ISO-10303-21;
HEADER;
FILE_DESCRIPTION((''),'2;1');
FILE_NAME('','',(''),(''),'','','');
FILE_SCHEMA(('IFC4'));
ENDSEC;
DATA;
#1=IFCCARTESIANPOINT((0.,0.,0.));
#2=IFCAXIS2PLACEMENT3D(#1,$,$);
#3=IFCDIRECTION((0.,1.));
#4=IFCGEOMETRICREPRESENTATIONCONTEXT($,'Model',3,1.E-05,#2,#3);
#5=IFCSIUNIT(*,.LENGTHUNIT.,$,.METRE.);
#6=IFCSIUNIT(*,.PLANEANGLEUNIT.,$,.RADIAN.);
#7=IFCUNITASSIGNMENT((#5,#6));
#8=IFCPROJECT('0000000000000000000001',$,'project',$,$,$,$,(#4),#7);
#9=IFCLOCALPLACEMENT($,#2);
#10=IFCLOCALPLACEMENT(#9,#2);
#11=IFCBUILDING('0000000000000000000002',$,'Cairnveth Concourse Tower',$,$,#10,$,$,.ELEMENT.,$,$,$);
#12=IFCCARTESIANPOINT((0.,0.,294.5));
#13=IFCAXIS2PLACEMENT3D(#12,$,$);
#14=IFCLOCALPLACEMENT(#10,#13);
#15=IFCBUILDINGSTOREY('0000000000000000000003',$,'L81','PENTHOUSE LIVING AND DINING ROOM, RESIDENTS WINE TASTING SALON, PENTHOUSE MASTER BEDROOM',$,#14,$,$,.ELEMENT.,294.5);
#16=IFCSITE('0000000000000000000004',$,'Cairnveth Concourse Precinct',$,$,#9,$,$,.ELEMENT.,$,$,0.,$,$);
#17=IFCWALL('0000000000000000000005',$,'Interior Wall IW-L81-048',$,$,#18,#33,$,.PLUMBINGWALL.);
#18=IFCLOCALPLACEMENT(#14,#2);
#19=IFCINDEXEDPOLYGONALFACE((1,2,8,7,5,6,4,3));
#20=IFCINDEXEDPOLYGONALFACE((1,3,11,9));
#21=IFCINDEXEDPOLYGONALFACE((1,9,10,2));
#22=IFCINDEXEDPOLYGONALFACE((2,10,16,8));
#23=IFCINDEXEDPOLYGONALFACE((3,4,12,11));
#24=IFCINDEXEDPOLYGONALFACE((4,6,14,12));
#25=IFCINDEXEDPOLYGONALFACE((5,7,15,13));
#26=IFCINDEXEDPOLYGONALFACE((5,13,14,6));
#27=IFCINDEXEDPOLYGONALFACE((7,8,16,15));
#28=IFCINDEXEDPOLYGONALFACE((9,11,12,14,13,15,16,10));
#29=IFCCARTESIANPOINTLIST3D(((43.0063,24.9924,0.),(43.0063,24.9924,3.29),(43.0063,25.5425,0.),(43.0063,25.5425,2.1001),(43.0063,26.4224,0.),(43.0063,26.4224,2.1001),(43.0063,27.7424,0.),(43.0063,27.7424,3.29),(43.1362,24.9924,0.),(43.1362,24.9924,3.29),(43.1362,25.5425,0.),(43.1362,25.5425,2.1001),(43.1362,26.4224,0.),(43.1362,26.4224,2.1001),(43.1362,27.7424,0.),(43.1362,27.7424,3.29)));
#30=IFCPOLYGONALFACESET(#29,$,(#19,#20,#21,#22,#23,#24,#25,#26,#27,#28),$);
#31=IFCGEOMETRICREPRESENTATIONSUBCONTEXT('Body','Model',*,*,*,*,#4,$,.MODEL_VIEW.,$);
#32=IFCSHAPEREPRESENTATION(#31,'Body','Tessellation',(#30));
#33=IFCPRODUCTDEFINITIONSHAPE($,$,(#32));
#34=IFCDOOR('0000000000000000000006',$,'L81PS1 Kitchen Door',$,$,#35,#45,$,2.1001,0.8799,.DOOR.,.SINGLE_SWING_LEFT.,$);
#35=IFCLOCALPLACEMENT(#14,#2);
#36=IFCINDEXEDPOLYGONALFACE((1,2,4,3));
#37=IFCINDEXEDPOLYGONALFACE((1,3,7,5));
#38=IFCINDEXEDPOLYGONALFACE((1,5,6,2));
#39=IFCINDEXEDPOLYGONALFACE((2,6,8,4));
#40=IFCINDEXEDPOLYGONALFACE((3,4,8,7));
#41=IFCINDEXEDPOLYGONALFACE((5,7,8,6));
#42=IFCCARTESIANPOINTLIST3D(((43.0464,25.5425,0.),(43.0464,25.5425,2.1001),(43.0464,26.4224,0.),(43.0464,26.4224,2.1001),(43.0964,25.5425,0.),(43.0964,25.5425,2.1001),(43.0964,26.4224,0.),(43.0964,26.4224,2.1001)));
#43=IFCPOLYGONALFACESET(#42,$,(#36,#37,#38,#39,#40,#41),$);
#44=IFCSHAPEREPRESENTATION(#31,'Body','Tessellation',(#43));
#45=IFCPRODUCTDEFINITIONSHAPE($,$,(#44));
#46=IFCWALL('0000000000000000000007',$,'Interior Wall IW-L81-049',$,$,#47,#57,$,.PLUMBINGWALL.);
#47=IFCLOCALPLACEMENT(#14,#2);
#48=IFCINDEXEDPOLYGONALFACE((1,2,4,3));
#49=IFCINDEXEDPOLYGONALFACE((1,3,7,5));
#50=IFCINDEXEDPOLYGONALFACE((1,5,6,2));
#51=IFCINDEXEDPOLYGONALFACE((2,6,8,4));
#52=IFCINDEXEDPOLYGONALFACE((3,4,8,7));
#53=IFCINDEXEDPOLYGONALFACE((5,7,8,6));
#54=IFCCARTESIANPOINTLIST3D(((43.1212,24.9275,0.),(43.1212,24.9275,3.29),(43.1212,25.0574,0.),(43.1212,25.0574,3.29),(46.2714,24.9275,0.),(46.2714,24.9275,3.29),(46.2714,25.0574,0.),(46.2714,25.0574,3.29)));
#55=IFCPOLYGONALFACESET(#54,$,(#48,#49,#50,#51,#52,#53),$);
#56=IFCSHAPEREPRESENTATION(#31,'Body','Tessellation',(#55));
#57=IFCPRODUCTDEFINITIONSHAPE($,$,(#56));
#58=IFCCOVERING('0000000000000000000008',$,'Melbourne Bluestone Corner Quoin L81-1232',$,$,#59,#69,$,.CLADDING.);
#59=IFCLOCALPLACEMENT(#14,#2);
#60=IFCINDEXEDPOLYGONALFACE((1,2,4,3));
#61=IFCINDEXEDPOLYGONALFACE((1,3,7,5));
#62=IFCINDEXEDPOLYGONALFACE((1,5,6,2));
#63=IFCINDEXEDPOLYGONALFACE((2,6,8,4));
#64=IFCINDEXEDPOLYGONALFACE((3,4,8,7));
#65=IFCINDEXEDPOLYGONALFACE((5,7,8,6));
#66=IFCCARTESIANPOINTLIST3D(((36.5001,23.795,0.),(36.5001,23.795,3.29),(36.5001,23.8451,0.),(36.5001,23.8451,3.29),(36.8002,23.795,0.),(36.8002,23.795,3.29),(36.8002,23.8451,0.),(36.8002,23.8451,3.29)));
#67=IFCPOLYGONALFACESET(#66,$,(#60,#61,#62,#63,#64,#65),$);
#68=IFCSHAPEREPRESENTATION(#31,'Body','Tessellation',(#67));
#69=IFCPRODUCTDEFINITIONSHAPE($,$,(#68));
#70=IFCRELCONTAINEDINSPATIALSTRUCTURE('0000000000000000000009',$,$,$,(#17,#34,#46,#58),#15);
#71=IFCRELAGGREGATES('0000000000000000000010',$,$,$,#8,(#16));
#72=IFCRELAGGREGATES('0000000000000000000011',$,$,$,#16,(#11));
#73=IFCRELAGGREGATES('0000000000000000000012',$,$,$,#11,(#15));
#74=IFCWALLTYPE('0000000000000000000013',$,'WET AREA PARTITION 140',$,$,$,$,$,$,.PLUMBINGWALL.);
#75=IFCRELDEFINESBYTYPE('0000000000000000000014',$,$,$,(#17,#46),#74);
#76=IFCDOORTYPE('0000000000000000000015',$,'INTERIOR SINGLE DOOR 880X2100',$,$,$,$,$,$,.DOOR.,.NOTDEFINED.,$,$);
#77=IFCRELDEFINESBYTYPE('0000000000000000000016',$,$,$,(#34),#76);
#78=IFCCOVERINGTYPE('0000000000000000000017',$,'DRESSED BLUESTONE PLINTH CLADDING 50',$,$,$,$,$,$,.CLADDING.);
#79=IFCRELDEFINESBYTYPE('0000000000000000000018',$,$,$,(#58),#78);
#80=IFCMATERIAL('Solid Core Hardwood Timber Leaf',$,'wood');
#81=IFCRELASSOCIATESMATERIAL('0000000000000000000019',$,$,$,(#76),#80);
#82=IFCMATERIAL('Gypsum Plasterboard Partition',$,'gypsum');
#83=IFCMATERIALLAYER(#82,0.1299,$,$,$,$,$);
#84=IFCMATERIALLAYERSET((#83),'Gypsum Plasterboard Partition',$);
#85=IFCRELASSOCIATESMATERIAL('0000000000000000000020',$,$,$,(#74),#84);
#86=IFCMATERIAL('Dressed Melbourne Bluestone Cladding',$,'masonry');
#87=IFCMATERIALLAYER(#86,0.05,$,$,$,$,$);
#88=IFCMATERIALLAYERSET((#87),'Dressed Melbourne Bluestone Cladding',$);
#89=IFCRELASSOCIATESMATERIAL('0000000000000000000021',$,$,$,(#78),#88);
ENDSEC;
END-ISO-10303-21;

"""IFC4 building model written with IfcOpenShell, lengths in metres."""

from ifc_helpers import new_model, si_unit, direction, frame, frame_2d, origin, place, context, subcontext, project, spatial, rectangle, extrude, material, layer, layer_set, type_object, element, fill, save


model = new_model("IFC4")

# Units and contexts
model_context = context("Model", 3, precision=1e-05, world=origin(), true_north=direction((0.0, 1.0)))
body_context = subcontext(model_context, "Body", "Model", "MODEL_VIEW")
ifc_project = project(units=[si_unit("LENGTHUNIT", "METRE"), si_unit("PLANEANGLEUNIT", "RADIAN")], contexts=[model_context])

# Site, building, storey
site_placement = place(None, origin())
site = spatial("IfcSite", under=ifc_project, at=site_placement, Name="Cairnveth Concourse Precinct", CompositionType="ELEMENT", RefElevation=0.0)
building_placement = place(site_placement, origin())
building = spatial("IfcBuilding", under=site, at=building_placement, Name="Cairnveth Concourse Tower", CompositionType="ELEMENT")
storey_placement = place(building_placement, frame((0.0, 0.0, 294.5)))
storey = spatial("IfcBuildingStorey", under=building, at=storey_placement, Name="L81", Description="PENTHOUSE LIVING AND DINING ROOM, RESIDENTS WINE TASTING SALON, PENTHOUSE MASTER BEDROOM", CompositionType="ELEMENT", Elevation=294.5)

# Shared definitions
ifc_material_1 = material(Name="Gypsum Plasterboard Partition", Category="gypsum")
ifc_material_2 = material(Name="Solid Core Hardwood Timber Leaf", Category="wood")
door_type_1 = type_object("IfcDoorType", Name="INTERIOR SINGLE DOOR 880X2100", OperationType="NOTDEFINED", PredefinedType="DOOR", material=ifc_material_2)

# Shared definitions
ifc_layer_1 = layer(ifc_material_1, 0.1299)
ifc_layer_set_1 = layer_set([ifc_layer_1], Name="Gypsum Plasterboard Partition")
wall_type_1 = type_object("IfcWallType", Name="WET AREA PARTITION 140", PredefinedType="PLUMBINGWALL", material=ifc_layer_set_1)

# Wall, opening, door
wall_1_placement = place(storey_placement, frame((43.0713, 24.9924, 0.0), z_axis=(0.0, 0.0, 1.0), x_axis=(0.0, 1.0, 0.0)))
wall_1 = element("IfcWall", 1, at=wall_1_placement, inside=storey, type_object=wall_type_1, Name="Interior Wall IW-L81-048", PredefinedType="PLUMBINGWALL", context=body_context, shape_type="SweptSolid", body=[
    extrude(rectangle(XDim=2.75, YDim=0.1299, at=frame_2d((1.375, 0.0))), origin(), (0.0, 0.0, 1.0), 3.29),
])
opening_1_placement = place(wall_1_placement, frame((0.55, 0.0, 0.0)))
opening_1 = element("IfcOpeningElement", 2, at=opening_1_placement, cuts=wall_1, PredefinedType="OPENING", context=body_context, shape_type="SweptSolid", body=[
    extrude(rectangle(XDim=0.8799, YDim=2.1001, at=frame_2d((0.4399, 1.05))), frame((0.0, 0.075, 0.0), z_axis=(0.0, -1.0, 0.0), x_axis=(1.0, 0.0, 0.0)), (0.0, 0.0, 1.0), 0.1499),
])
door_1_placement = place(opening_1_placement, origin())
door_1 = element("IfcDoor", 3, at=door_1_placement, inside=storey, type_object=door_type_1, Name="L81PS1 Kitchen Door", OperationType="SINGLE_SWING_LEFT", OverallHeight=2.1001, OverallWidth=0.8799, PredefinedType="DOOR", context=body_context, shape_type="SweptSolid", body=[
    extrude(rectangle(XDim=0.8799, YDim=2.1001, at=frame_2d((0.4399, 1.05))), frame((0.0, 0.0249, 0.0), z_axis=(0.0, -1.0, 0.0), x_axis=(1.0, 0.0, 0.0)), (0.0, 0.0, 1.0), 0.05),
])
fill(opening_1, door_1)

# Wall
wall_2_placement = place(storey_placement, frame((43.1211, 24.9924, 0.0), z_axis=(0.0, 0.0, 1.0), x_axis=(1.0, 0.0, 0.0)))
element("IfcWall", 4, at=wall_2_placement, inside=storey, type_object=wall_type_1, Name="Interior Wall IW-L81-049", PredefinedType="PLUMBINGWALL", context=body_context, shape_type="SweptSolid", body=[
    extrude(rectangle(XDim=3.1501, YDim=0.1299, at=frame_2d((1.5752, 0.0))), origin(), (0.0, 0.0, 1.0), 3.29),
])

# Covering
ifc_material_3 = material(Name="Dressed Melbourne Bluestone Cladding", Category="masonry")
ifc_layer_2 = layer(ifc_material_3, 0.05)
ifc_layer_set_2 = layer_set([ifc_layer_2], Name="Dressed Melbourne Bluestone Cladding")
covering_type = type_object("IfcCoveringType", Name="DRESSED BLUESTONE PLINTH CLADDING 50", PredefinedType="CLADDING", material=ifc_layer_set_2)
covering_placement = place(storey_placement, frame((36.8, 23.8201, 0.0), z_axis=(0.0, 0.0, 1.0), x_axis=(-1.0, 0.0, 0.0)))
element("IfcCovering", 5, at=covering_placement, inside=storey, type_object=covering_type, Name="Melbourne Bluestone Corner Quoin L81-1232", PredefinedType="CLADDING", context=body_context, shape_type="SweptSolid", body=[
    extrude(rectangle(XDim=0.3, YDim=0.05, at=frame_2d((0.1499, 0.0))), origin(), (0.0, 0.0, 1.0), 3.29),
])

save(model, "model.ifc")
